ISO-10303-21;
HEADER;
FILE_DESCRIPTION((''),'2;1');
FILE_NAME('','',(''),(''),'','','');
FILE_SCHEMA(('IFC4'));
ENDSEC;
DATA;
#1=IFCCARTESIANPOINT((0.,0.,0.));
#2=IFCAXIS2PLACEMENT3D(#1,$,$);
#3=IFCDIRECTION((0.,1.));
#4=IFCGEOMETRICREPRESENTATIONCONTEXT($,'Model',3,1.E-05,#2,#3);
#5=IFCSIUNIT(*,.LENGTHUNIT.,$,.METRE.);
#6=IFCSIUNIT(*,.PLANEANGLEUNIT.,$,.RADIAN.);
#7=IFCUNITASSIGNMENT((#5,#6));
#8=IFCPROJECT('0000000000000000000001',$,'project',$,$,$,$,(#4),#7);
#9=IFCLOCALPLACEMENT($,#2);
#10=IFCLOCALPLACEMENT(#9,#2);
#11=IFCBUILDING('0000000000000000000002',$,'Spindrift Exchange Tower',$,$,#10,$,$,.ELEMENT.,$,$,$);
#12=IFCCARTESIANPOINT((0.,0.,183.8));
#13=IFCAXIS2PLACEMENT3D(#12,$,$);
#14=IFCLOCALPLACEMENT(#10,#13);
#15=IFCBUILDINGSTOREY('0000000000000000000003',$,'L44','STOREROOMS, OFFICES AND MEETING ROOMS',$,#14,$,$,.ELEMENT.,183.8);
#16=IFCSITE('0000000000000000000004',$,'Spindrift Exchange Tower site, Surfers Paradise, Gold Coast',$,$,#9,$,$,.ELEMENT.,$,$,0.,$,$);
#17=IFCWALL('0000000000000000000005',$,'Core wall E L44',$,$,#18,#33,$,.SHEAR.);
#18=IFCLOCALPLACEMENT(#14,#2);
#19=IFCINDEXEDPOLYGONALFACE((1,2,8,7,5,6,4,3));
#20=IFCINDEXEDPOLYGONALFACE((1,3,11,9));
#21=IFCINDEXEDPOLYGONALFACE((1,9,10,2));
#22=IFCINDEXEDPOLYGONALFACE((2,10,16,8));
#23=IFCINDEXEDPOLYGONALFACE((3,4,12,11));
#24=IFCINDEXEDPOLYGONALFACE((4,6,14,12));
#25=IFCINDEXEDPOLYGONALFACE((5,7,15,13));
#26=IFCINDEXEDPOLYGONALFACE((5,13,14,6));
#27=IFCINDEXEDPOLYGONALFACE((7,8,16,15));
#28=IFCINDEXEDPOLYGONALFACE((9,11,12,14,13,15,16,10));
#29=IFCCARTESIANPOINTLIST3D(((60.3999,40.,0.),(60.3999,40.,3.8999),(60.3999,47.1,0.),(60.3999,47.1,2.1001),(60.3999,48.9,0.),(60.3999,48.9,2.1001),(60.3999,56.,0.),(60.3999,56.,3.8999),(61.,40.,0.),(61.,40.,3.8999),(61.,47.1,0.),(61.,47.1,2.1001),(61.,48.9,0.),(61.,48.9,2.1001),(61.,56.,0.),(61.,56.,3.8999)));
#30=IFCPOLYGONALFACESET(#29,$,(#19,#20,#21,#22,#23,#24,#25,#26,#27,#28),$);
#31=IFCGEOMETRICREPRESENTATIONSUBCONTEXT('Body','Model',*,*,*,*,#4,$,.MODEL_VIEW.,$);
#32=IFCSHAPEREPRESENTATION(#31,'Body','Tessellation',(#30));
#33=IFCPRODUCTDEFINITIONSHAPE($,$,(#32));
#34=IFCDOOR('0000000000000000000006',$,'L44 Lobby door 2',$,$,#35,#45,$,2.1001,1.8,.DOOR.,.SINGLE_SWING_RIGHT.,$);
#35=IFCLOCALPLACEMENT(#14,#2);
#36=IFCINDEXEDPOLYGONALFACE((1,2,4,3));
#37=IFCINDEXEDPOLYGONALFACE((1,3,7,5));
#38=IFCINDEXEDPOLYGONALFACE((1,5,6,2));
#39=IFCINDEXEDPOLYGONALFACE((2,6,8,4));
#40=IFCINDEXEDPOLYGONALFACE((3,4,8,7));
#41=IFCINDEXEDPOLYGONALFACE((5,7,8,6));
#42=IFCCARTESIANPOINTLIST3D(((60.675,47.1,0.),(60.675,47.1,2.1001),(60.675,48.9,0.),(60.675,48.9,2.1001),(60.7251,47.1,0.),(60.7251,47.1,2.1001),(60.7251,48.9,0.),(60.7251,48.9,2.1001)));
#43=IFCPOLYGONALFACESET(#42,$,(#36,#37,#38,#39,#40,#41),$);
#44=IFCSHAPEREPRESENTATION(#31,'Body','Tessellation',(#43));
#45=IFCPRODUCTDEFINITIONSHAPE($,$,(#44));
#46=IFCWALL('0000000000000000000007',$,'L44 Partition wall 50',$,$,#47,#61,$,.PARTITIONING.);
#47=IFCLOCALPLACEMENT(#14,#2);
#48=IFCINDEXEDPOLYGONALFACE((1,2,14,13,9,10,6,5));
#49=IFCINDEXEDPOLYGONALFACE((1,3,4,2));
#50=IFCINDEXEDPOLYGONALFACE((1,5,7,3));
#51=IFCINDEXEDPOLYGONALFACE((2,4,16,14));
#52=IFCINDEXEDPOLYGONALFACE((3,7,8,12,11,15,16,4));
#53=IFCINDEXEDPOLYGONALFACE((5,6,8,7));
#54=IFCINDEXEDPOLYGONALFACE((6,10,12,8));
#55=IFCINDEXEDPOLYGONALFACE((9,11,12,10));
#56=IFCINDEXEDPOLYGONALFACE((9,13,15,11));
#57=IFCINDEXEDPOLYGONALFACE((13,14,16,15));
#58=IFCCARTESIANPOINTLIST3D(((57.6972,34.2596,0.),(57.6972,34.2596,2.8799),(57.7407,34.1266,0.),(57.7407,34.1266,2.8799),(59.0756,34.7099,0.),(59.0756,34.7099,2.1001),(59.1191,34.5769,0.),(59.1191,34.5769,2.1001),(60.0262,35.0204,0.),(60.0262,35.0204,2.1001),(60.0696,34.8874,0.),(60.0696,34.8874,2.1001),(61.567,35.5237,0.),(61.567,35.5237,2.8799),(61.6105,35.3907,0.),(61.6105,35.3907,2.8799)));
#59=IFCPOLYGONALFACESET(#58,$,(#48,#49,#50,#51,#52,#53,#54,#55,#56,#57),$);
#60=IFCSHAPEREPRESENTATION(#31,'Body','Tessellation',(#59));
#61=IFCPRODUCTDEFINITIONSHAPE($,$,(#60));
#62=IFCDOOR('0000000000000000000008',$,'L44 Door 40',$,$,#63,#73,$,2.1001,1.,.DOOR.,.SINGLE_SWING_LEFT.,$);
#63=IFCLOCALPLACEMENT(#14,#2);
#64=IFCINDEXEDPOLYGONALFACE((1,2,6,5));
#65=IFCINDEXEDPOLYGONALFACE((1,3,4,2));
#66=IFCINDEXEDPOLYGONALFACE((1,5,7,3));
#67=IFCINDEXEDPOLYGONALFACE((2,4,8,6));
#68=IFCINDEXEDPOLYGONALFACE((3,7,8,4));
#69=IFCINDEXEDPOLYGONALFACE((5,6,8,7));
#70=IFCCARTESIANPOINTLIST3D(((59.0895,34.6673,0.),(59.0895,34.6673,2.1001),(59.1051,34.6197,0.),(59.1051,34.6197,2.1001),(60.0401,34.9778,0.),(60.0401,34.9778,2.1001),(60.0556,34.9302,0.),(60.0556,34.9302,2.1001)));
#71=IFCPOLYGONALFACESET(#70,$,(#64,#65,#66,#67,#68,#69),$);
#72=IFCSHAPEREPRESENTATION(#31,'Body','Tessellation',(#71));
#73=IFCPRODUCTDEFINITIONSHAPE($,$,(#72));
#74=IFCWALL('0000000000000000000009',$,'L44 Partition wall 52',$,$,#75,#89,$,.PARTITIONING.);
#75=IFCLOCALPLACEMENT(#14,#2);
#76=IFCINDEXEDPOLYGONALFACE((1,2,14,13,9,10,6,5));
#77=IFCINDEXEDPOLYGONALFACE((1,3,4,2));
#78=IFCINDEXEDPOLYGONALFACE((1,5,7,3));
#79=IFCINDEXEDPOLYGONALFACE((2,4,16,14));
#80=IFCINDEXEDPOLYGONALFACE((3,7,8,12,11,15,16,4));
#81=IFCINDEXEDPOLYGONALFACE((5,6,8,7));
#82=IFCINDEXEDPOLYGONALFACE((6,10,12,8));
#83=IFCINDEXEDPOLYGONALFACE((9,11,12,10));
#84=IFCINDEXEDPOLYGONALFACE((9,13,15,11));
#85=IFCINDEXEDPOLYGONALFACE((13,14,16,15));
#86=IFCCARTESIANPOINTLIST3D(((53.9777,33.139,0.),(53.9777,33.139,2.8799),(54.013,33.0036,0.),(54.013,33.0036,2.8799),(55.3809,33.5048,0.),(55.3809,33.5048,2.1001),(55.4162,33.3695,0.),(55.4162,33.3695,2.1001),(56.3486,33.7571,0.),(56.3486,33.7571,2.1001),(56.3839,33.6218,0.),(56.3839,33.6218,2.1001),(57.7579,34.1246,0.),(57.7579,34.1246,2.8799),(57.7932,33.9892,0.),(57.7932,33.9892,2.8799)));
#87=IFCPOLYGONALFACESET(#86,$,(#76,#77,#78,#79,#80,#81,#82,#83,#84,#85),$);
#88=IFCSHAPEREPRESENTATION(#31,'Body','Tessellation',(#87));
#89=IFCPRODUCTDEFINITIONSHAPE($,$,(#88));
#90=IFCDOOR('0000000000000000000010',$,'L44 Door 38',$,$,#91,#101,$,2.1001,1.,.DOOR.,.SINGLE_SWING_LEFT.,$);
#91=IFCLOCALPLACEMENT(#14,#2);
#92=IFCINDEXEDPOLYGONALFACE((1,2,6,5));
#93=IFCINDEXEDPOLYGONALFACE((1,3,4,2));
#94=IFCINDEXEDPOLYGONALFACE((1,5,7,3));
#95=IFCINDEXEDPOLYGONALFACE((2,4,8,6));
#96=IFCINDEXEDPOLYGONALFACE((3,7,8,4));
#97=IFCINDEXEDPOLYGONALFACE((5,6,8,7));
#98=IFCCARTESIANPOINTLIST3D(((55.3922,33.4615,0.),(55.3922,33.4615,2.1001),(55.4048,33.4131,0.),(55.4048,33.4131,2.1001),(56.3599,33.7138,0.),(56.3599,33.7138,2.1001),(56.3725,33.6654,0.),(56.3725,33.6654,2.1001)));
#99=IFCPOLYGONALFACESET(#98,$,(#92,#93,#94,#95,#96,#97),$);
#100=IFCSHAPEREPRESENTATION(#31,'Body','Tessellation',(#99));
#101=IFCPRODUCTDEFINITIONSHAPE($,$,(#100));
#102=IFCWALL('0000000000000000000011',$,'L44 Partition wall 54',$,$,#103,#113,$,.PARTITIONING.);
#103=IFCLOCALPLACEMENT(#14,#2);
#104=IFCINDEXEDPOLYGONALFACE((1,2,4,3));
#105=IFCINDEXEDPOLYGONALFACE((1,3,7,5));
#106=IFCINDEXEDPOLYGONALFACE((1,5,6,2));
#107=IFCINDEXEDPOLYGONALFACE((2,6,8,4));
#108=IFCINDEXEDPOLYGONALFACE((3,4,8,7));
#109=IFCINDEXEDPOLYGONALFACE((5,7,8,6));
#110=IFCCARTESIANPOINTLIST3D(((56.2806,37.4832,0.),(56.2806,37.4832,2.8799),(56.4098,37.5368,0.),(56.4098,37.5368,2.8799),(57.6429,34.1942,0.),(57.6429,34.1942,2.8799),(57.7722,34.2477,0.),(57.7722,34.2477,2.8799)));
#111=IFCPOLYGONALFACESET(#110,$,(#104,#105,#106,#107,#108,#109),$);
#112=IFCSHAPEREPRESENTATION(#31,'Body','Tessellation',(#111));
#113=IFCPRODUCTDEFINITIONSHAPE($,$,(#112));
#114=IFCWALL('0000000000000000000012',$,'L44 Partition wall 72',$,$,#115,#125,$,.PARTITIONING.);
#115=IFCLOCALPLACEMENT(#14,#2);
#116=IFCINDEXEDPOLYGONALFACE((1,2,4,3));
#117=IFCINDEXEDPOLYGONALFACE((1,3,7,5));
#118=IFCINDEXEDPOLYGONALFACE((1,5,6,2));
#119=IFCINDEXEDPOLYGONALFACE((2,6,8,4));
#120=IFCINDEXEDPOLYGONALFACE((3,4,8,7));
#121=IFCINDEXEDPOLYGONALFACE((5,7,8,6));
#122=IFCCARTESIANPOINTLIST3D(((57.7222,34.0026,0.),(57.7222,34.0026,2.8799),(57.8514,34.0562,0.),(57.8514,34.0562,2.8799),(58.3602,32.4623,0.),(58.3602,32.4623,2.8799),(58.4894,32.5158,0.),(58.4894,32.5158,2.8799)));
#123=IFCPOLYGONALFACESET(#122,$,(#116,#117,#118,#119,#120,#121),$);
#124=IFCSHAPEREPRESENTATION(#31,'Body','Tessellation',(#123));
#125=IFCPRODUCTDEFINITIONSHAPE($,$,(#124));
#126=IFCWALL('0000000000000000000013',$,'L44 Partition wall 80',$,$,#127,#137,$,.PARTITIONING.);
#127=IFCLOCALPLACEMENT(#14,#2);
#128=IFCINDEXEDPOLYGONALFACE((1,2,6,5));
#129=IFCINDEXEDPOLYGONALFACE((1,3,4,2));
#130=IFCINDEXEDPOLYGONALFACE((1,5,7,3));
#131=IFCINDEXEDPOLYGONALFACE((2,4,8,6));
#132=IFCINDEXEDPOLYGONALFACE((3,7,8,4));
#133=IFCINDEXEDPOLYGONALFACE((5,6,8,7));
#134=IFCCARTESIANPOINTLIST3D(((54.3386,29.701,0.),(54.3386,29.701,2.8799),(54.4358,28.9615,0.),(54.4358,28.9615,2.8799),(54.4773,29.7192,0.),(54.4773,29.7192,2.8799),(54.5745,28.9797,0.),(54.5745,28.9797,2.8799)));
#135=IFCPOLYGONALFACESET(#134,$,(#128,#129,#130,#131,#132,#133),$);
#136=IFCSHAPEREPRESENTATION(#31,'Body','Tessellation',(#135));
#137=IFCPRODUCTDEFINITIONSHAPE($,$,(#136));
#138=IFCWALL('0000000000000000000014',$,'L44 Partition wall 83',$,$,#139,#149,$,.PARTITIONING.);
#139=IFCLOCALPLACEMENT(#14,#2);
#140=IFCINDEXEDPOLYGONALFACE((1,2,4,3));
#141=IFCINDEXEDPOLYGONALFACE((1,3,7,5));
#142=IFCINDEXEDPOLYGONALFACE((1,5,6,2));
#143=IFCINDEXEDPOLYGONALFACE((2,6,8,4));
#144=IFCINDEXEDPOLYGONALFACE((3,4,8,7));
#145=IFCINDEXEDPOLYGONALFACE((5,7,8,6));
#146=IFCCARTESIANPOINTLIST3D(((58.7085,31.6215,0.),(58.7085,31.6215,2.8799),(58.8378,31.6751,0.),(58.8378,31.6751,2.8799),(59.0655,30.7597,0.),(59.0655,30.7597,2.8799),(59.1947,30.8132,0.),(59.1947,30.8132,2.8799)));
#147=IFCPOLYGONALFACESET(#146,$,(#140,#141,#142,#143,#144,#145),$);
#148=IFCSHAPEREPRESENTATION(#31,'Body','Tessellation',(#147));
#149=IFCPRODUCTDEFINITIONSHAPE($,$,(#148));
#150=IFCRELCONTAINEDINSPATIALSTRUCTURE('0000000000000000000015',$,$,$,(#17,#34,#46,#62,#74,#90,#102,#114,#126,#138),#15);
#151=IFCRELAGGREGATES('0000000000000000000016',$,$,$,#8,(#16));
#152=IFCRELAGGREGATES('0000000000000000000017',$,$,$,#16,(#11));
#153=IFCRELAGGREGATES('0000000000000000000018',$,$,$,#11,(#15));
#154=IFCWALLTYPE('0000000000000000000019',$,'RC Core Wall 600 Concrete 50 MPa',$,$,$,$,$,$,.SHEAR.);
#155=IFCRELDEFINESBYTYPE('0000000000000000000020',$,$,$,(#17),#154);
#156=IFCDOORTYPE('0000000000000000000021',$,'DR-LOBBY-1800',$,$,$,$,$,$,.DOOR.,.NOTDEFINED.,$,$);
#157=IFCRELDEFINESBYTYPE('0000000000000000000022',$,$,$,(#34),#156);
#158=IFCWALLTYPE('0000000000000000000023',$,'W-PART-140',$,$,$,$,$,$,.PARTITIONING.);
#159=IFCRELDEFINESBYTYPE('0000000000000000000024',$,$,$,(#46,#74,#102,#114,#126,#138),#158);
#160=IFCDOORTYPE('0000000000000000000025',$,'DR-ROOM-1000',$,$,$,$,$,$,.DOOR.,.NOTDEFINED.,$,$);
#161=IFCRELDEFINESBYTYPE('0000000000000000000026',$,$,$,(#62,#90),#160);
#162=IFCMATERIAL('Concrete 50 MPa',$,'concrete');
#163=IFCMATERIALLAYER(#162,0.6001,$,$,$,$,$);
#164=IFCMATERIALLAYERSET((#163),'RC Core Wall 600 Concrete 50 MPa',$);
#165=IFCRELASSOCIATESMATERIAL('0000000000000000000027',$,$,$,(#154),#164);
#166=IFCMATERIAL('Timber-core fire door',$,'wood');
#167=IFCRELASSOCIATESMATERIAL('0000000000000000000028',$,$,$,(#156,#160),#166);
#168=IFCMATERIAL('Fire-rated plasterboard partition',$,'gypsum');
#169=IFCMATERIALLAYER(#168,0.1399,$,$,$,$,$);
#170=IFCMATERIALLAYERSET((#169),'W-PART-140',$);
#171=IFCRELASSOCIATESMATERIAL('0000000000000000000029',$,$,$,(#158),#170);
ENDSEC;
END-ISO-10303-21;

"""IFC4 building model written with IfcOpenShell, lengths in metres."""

from ifc_helpers import new_model, si_unit, direction, frame, frame_2d, origin, place, context, subcontext, project, spatial, rectangle, extrude, source, transform, mapped, material, layer, layer_set, type_object, element, fill, save


model = new_model("IFC4")

# Units and contexts
model_context = context("Model", 3, precision=1e-05, world=origin(), true_north=direction((0.0, 1.0)))
body_context = subcontext(model_context, "Body", "Model", "MODEL_VIEW")
ifc_project = project(units=[si_unit("LENGTHUNIT", "METRE"), si_unit("PLANEANGLEUNIT", "RADIAN")], contexts=[model_context])

# Site, building, storey
site_placement = place(None, origin())
site = spatial("IfcSite", under=ifc_project, at=site_placement, Name="Spindrift Exchange Tower site, Surfers Paradise, Gold Coast", CompositionType="ELEMENT", RefElevation=0.0)
building_placement = place(site_placement, origin())
building = spatial("IfcBuilding", under=site, at=building_placement, Name="Spindrift Exchange Tower", CompositionType="ELEMENT")
storey_placement = place(building_placement, frame((0.0, 0.0, 183.8)))
storey = spatial("IfcBuildingStorey", under=building, at=storey_placement, Name="L44", Description="STOREROOMS, OFFICES AND MEETING ROOMS", CompositionType="ELEMENT", Elevation=183.8)

# Shared definitions
ifc_material_1 = material(Name="Concrete 50 MPa", Category="concrete")

# Walls, openings, doors
ifc_layer_1 = layer(ifc_material_1, 0.6001)
ifc_layer_set_1 = layer_set([ifc_layer_1], Name="RC Core Wall 600 Concrete 50 MPa")
wall_type_1 = type_object("IfcWallType", Name="RC Core Wall 600 Concrete 50 MPa", PredefinedType="SHEAR", material=ifc_layer_set_1)
wall_1_placement = place(storey_placement, frame((60.7, 40.0, 0.0), z_axis=(0.0, 0.0, 1.0), x_axis=(0.0, 1.0, 0.0)))
wall_1 = element("IfcWall", 1, at=wall_1_placement, inside=storey, type_object=wall_type_1, Name="Core wall E L44", PredefinedType="SHEAR", context=body_context, shape_type="SweptSolid", body=[
    extrude(rectangle(XDim=16.0, YDim=0.6001, at=frame_2d((8.0, 0.0))), origin(), (0.0, 0.0, 1.0), 3.8999),
])
opening_1_placement = place(wall_1_placement, frame((7.1001, 0.0, 0.0)))
opening_1 = element("IfcOpeningElement", 2, at=opening_1_placement, cuts=wall_1, PredefinedType="OPENING", context=body_context, shape_type="SweptSolid", body=[
    extrude(rectangle(XDim=1.8, YDim=2.1001, at=frame_2d((0.8999, 1.05))), frame((0.0, 0.3101, 0.0), z_axis=(0.0, -1.0, 0.0), x_axis=(1.0, 0.0, 0.0)), (0.0, 0.0, 1.0), 0.6201),
])
ifc_material_2 = material(Name="Timber-core fire door", Category="wood")
door_type_1 = type_object("IfcDoorType", Name="DR-LOBBY-1800", OperationType="NOTDEFINED", PredefinedType="DOOR", material=ifc_material_2)
shared_shape_1 = source(origin(), body_context, "Body", "SweptSolid", [
    extrude(rectangle(XDim=1.8, YDim=2.1001, at=frame_2d((0.8999, 1.05))), frame((0.0, 0.0249, 0.0), z_axis=(0.0, -1.0, 0.0), x_axis=(1.0, 0.0, 0.0)), (0.0, 0.0, 1.0), 0.05),
])
door_1_placement = place(opening_1_placement, origin())
door_1 = element("IfcDoor", 3, at=door_1_placement, inside=storey, type_object=door_type_1, Name="L44 Lobby door 2", OperationType="SINGLE_SWING_RIGHT", OverallHeight=2.1001, OverallWidth=1.8, PredefinedType="DOOR", context=body_context, shape_type="MappedRepresentation", body=[
    mapped(shared_shape_1, transform((0.0, 0.0, 0.0), scale=1.0)),
])
fill(opening_1, door_1)
ifc_material_3 = material(Name="Fire-rated plasterboard partition", Category="gypsum")
ifc_layer_2 = layer(ifc_material_3, 0.1399)
ifc_layer_set_2 = layer_set([ifc_layer_2], Name="W-PART-140")
wall_type_2 = type_object("IfcWallType", Name="W-PART-140", PredefinedType="PARTITIONING", material=ifc_layer_set_2)
wall_2_placement = place(storey_placement, frame((61.5889, 35.4573, 0.0), z_axis=(0.0, 0.0, 1.0), x_axis=(-0.950567, -0.310519, 0.0)))
wall_2 = element("IfcWall", 4, at=wall_2_placement, inside=storey, type_object=wall_type_2, Name="L44 Partition wall 50", PredefinedType="PARTITIONING", context=body_context, shape_type="SweptSolid", body=[
    extrude(rectangle(XDim=4.071, YDim=0.1399, at=frame_2d((2.0356, 0.0))), origin(), (0.0, 0.0, 1.0), 2.8799),
])
opening_2_placement = place(wall_2_placement, frame((1.6211, 0.0, 0.0)))
opening_2 = element("IfcOpeningElement", 5, at=opening_2_placement, cuts=wall_2, PredefinedType="OPENING", context=body_context, shape_type="SweptSolid", body=[
    extrude(rectangle(XDim=1.0, YDim=2.1001, at=frame_2d((0.5, 1.05))), frame((0.0, 0.0798, 0.0), z_axis=(0.0, -1.0, 0.0), x_axis=(1.0, 0.0, 0.0)), (0.0, 0.0, 1.0), 0.1599),
])
door_type_2 = type_object("IfcDoorType", Name="DR-ROOM-1000", OperationType="NOTDEFINED", PredefinedType="DOOR", material=ifc_material_2)
shared_shape_2 = source(origin(), body_context, "Body", "SweptSolid", [
    extrude(rectangle(XDim=1.0, YDim=2.1001, at=frame_2d((0.5, 1.05))), frame((0.0, 0.0249, 0.0), z_axis=(0.0, -1.0, 0.0), x_axis=(1.0, 0.0, 0.0)), (0.0, 0.0, 1.0), 0.05),
])
door_2_placement = place(opening_2_placement, origin())
door_2 = element("IfcDoor", 6, at=door_2_placement, inside=storey, type_object=door_type_2, Name="L44 Door 40", OperationType="SINGLE_SWING_LEFT", OverallHeight=2.1001, OverallWidth=1.0, PredefinedType="DOOR", context=body_context, shape_type="MappedRepresentation", body=[
    mapped(shared_shape_2, transform((0.0, 0.0, 0.0), scale=1.0)),
])
fill(opening_2, door_2)
wall_3_placement = place(storey_placement, frame((57.7754, 34.0569, 0.0), z_axis=(0.0, 0.0, 1.0), x_axis=(-0.967648, -0.252302, 0.0)))
wall_3 = element("IfcWall", 7, at=wall_3_placement, inside=storey, type_object=wall_type_2, Name="L44 Partition wall 52", PredefinedType="PARTITIONING", context=body_context, shape_type="SweptSolid", body=[
    extrude(rectangle(XDim=3.9065, YDim=0.1399, at=frame_2d((1.9531, 0.0))), origin(), (0.0, 0.0, 1.0), 2.8799),
])
opening_3_placement = place(wall_3_placement, frame((1.4563, 0.0, 0.0)))
opening_3 = element("IfcOpeningElement", 8, at=opening_3_placement, cuts=wall_3, PredefinedType="OPENING", context=body_context, shape_type="SweptSolid", body=[
    extrude(rectangle(XDim=1.0, YDim=2.1001, at=frame_2d((0.5, 1.05))), frame((0.0, 0.0798, 0.0), z_axis=(0.0, -1.0, 0.0), x_axis=(1.0, 0.0, 0.0)), (0.0, 0.0, 1.0), 0.1599),
])
door_3_placement = place(opening_3_placement, origin())
door_3 = element("IfcDoor", 9, at=door_3_placement, inside=storey, type_object=door_type_2, Name="L44 Door 38", OperationType="SINGLE_SWING_LEFT", OverallHeight=2.1001, OverallWidth=1.0, PredefinedType="DOOR", context=body_context, shape_type="MappedRepresentation", body=[
    mapped(shared_shape_2, transform((0.0, 0.0, 0.0), scale=1.0)),
])
fill(opening_3, door_3)

# Walls
wall_4_placement = place(storey_placement, frame((56.3452, 37.51, 0.0), z_axis=(0.0, 0.0, 1.0), x_axis=(0.382667, -0.923886, 0.0)))
element("IfcWall", 10, at=wall_4_placement, inside=storey, type_object=wall_type_2, Name="L44 Partition wall 54", PredefinedType="PARTITIONING", context=body_context, shape_type="SweptSolid", body=[
    extrude(rectangle(XDim=3.5601, YDim=0.1399, at=frame_2d((1.78, 0.0))), origin(), (0.0, 0.0, 1.0), 2.8799),
])
wall_5_placement = place(storey_placement, frame((57.7869, 34.0293, 0.0), z_axis=(0.0, 0.0, 1.0), x_axis=(0.382649, -0.923894, 0.0)))
element("IfcWall", 11, at=wall_5_placement, inside=storey, type_object=wall_type_2, Name="L44 Partition wall 72", PredefinedType="PARTITIONING", context=body_context, shape_type="SweptSolid", body=[
    extrude(rectangle(XDim=1.6672, YDim=0.1399, at=frame_2d((0.8335, 0.0))), origin(), (0.0, 0.0, 1.0), 2.8799),
])
wall_6_placement = place(storey_placement, frame((54.408, 29.7102, 0.0), z_axis=(0.0, 0.0, 1.0), x_axis=(0.130277, -0.991478, 0.0)))
element("IfcWall", 12, at=wall_6_placement, inside=storey, type_object=wall_type_2, Name="L44 Partition wall 80", PredefinedType="PARTITIONING", context=body_context, shape_type="SweptSolid", body=[
    extrude(rectangle(XDim=0.7458, YDim=0.1399, at=frame_2d((0.373, 0.0))), origin(), (0.0, 0.0, 1.0), 2.8799),
])
wall_7_placement = place(storey_placement, frame((58.7732, 31.6482, 0.0), z_axis=(0.0, 0.0, 1.0), x_axis=(0.382645, -0.923896, 0.0)))
element("IfcWall", 13, at=wall_7_placement, inside=storey, type_object=wall_type_2, Name="L44 Partition wall 83", PredefinedType="PARTITIONING", context=body_context, shape_type="SweptSolid", body=[
    extrude(rectangle(XDim=0.9329, YDim=0.1399, at=frame_2d((0.4663, 0.0))), origin(), (0.0, 0.0, 1.0), 2.8799),
])

save(model, "model.ifc")
